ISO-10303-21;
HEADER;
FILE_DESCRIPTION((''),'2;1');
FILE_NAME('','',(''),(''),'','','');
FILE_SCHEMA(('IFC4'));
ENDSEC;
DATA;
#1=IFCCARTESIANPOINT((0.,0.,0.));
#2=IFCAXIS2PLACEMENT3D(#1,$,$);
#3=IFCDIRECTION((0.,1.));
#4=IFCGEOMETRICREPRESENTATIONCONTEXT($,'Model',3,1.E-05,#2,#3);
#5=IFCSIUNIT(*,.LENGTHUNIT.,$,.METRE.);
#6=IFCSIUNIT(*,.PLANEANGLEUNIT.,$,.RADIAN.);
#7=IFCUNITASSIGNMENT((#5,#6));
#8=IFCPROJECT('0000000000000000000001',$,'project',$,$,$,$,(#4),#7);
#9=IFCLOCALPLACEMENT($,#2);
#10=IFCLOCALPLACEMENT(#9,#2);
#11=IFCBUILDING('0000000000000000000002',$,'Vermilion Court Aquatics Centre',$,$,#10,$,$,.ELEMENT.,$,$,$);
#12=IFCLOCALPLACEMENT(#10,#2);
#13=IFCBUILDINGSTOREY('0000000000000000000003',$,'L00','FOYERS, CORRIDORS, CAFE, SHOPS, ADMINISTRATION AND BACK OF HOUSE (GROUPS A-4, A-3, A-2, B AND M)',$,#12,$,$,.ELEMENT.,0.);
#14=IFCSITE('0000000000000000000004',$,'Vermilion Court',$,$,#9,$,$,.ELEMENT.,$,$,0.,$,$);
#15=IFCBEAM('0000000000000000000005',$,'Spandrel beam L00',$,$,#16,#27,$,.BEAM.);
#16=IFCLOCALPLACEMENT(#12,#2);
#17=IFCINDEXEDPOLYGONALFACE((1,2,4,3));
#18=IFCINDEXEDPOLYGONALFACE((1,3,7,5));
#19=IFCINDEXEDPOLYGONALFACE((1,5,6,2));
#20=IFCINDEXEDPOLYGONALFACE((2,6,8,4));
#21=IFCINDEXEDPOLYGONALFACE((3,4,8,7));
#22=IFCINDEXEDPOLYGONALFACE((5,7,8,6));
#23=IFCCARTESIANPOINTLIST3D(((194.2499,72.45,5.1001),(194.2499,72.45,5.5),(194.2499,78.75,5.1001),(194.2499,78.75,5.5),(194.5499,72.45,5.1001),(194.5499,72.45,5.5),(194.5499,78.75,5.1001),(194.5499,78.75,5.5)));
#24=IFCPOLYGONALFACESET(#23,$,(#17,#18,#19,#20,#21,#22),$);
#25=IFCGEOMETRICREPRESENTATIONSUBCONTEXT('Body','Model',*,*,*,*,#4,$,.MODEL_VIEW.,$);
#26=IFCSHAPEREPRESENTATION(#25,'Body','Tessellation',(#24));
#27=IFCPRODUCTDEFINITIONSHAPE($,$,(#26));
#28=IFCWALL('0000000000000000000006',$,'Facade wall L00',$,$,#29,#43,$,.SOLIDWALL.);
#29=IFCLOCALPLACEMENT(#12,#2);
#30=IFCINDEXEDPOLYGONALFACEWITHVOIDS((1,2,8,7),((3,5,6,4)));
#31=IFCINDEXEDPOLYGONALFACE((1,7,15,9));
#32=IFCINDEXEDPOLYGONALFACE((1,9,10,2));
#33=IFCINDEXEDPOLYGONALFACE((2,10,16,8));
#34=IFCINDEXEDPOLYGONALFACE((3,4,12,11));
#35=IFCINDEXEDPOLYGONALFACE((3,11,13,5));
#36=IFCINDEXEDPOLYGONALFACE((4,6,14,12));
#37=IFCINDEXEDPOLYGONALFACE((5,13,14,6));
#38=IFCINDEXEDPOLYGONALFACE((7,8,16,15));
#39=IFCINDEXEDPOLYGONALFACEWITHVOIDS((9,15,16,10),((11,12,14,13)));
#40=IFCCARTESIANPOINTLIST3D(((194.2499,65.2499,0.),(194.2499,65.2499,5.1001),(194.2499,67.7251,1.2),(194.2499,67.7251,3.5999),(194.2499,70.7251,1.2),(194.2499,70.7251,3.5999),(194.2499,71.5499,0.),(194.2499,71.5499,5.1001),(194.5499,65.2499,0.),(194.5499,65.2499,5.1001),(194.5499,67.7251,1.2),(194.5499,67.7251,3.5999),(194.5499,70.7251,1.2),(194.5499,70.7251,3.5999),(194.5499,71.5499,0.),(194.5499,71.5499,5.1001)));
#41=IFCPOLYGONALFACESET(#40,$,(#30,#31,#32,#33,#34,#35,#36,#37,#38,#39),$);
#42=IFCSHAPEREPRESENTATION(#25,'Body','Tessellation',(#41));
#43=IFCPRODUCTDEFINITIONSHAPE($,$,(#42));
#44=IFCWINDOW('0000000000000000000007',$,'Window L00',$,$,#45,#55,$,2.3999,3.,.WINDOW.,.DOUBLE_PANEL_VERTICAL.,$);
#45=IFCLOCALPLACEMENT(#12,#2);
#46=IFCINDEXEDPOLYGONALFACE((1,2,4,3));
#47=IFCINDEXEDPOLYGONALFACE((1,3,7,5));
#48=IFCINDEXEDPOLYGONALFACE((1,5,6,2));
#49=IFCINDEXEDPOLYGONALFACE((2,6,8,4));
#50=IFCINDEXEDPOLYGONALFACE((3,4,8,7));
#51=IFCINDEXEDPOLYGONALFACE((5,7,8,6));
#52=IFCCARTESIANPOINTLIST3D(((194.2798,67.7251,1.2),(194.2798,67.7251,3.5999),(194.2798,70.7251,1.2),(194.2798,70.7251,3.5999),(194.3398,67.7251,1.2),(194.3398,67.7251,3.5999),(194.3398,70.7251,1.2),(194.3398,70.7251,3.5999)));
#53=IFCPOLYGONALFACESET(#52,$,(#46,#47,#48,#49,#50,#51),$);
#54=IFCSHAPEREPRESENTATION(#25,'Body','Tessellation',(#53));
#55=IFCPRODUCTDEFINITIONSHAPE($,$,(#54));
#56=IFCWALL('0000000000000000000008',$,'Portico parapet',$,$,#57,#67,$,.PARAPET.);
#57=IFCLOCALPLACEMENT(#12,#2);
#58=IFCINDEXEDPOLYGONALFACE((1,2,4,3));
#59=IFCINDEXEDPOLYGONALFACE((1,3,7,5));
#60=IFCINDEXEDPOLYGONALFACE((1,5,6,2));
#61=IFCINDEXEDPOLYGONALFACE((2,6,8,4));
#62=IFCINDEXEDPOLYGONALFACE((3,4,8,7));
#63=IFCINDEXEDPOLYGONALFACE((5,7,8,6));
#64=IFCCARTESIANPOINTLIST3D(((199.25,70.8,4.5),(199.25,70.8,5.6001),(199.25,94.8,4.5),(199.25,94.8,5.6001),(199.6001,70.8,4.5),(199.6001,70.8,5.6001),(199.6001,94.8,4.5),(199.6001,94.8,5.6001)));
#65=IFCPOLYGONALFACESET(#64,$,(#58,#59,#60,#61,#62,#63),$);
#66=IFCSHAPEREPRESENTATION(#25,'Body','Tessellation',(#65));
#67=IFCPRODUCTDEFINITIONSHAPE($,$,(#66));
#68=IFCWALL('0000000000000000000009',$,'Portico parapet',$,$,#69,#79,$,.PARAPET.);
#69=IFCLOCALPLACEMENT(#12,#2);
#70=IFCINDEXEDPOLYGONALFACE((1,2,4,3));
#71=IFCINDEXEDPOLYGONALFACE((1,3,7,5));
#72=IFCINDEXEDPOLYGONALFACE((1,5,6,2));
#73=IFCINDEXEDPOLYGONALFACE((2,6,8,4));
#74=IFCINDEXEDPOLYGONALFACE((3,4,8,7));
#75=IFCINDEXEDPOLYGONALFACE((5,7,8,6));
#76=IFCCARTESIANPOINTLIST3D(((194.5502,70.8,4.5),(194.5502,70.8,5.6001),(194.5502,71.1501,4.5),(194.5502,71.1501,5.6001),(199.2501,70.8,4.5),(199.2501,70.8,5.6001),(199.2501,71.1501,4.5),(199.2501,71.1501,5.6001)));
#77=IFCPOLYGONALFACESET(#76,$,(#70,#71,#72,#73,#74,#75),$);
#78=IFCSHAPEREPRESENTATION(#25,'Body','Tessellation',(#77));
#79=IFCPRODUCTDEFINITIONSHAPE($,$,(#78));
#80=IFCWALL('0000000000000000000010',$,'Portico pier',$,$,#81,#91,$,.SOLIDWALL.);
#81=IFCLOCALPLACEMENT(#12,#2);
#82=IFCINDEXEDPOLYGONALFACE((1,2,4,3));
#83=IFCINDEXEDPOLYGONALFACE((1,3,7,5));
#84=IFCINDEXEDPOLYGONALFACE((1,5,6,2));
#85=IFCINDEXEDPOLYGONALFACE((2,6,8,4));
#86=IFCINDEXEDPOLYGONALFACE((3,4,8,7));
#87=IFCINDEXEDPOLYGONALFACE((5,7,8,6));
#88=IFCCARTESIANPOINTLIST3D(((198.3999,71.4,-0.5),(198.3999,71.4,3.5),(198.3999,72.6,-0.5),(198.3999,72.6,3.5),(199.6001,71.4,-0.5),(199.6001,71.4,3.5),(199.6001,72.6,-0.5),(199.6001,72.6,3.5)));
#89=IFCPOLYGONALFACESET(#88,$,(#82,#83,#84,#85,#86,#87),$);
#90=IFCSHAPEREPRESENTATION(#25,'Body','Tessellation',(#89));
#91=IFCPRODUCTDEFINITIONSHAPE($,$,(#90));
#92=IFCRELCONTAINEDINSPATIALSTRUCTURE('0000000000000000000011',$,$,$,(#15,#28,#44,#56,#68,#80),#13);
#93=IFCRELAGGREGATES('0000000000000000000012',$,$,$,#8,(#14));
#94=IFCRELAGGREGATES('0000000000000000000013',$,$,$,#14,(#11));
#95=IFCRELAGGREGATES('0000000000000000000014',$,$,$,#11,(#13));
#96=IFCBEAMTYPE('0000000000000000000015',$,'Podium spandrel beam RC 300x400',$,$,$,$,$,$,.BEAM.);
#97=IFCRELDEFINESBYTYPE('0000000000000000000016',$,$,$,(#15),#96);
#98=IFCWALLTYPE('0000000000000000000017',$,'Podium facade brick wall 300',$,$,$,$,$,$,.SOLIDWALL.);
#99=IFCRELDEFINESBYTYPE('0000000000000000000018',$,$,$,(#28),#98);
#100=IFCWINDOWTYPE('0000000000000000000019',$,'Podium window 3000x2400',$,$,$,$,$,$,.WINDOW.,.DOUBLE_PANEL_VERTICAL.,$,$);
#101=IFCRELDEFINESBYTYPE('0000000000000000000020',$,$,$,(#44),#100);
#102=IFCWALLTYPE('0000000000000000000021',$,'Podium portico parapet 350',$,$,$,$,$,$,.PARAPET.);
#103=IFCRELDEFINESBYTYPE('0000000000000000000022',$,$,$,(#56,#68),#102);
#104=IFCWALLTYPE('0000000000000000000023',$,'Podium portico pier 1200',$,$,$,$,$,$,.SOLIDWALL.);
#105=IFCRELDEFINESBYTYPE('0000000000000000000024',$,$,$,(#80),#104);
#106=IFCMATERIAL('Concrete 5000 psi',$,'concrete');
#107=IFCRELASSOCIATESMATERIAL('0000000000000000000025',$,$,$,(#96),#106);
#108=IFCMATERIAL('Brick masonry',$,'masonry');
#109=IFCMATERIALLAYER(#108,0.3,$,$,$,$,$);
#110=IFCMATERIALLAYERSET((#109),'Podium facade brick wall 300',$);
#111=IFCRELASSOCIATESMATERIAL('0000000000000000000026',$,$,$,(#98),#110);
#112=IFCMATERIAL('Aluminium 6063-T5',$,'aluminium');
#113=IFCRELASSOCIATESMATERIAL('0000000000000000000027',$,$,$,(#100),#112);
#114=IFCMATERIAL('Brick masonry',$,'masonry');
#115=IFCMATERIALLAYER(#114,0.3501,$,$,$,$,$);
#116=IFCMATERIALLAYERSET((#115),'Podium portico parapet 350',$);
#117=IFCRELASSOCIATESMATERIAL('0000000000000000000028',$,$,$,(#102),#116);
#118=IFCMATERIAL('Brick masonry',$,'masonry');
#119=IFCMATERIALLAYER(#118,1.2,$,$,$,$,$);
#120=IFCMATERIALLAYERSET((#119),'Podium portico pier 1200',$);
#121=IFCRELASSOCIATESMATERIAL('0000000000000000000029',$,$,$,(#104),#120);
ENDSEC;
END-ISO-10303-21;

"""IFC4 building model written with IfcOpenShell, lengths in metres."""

from ifc_helpers import new_model, si_unit, direction, frame, frame_2d, origin, origin_2d, place, context, subcontext, project, spatial, rectangle, extrude, material, layer, layer_set, material_profile, profile_set, type_object, element, fill, save


model = new_model("IFC4")

# Units and contexts
model_context = context("Model", 3, precision=1e-05, world=origin(), true_north=direction((0.0, 1.0)))
body_context = subcontext(model_context, "Body", "Model", "MODEL_VIEW")
ifc_project = project(units=[si_unit("LENGTHUNIT", "METRE"), si_unit("PLANEANGLEUNIT", "RADIAN")], contexts=[model_context])

# Site, building, storey
site_placement = place(None, origin())
site = spatial("IfcSite", under=ifc_project, at=site_placement, Name="Vermilion Court", CompositionType="ELEMENT", RefElevation=0.0)
building_placement = place(site_placement, origin())
building = spatial("IfcBuilding", under=site, at=building_placement, Name="Vermilion Court Aquatics Centre", CompositionType="ELEMENT")
storey_placement = place(building_placement, origin())
storey = spatial("IfcBuildingStorey", under=building, at=storey_placement, Name="L00", Description="FOYERS, CORRIDORS, CAFE, SHOPS, ADMINISTRATION AND BACK OF HOUSE (GROUPS A-4, A-3, A-2, B AND M)", CompositionType="ELEMENT", Elevation=0.0)

# Beam
ifc_material_1 = material(Name="Concrete 5000 psi", Category="concrete")
ifc_material_profile_1 = material_profile(ifc_material_1, rectangle(XDim=0.3, YDim=0.3999, at=origin_2d()), Name="RC 300x400")
ifc_profile_set_1 = profile_set([ifc_material_profile_1], Name="Concrete 5000 psi")
beam_type_1 = type_object("IfcBeamType", Name="Podium spandrel beam RC 300x400", PredefinedType="BEAM", material=ifc_profile_set_1)
for number, where, z_axis, x_axis, name in (
    (1, (194.3999, 72.45, 5.3), (0.0, 1.0, 0.0), (-1.0, 0.0, 0.0), "Spandrel beam L00"),
):
    element("IfcBeam", number, at=place(storey_placement, frame(where, z_axis=z_axis, x_axis=x_axis)), inside=storey, type_object=beam_type_1, Name=name, PredefinedType="BEAM", context=body_context, shape_type="SweptSolid", body=[
        extrude(rectangle(XDim=0.3, YDim=0.3999, at=origin_2d()), origin(), (0.0, 0.0, 1.0), 6.3),
    ])

# Wall, opening, window
ifc_material_2 = material(Name="Brick masonry", Category="masonry")
ifc_layer_1 = layer(ifc_material_2, 0.3)
ifc_layer_set_1 = layer_set([ifc_layer_1], Name="Podium facade brick wall 300")
wall_type_1 = type_object("IfcWallType", Name="Podium facade brick wall 300", PredefinedType="SOLIDWALL", material=ifc_layer_set_1)
wall_1_placement = place(storey_placement, frame((194.3999, 65.25, 0.0), z_axis=(0.0, 0.0, 1.0), x_axis=(0.0, 1.0, 0.0)))
wall_1 = element("IfcWall", 2, at=wall_1_placement, inside=storey, type_object=wall_type_1, Name="Facade wall L00", PredefinedType="SOLIDWALL", context=body_context, shape_type="SweptSolid", body=[
    extrude(rectangle(XDim=6.3, YDim=0.3, at=frame_2d((3.1499, 0.0))), origin(), (0.0, 0.0, 1.0), 5.1001),
])
opening_1_placement = place(wall_1_placement, frame((2.4751, 0.0, 1.2)))
opening_1 = element("IfcOpeningElement", 3, at=opening_1_placement, cuts=wall_1, PredefinedType="OPENING", context=body_context, shape_type="SweptSolid", body=[
    extrude(rectangle(XDim=3.0, YDim=2.3999, at=frame_2d((1.5, 1.2))), frame((0.0, 0.1599, 0.0), z_axis=(0.0, -1.0, 0.0), x_axis=(1.0, 0.0, 0.0)), (0.0, 0.0, 1.0), 0.3201),
])
ifc_material_3 = material(Name="Aluminium 6063-T5", Category="aluminium")
window_type = type_object("IfcWindowType", Name="Podium window 3000x2400", PartitioningType="DOUBLE_PANEL_VERTICAL", PredefinedType="WINDOW", material=ifc_material_3)
window_placement = place(opening_1_placement, origin())
window = element("IfcWindow", 4, at=window_placement, inside=storey, type_object=window_type, Name="Window L00", OverallHeight=2.3999, OverallWidth=3.0, PartitioningType="DOUBLE_PANEL_VERTICAL", PredefinedType="WINDOW", context=body_context, shape_type="SweptSolid", body=[
    extrude(rectangle(XDim=3.0, YDim=2.3999, at=frame_2d((1.5, 1.2))), frame((0.0, 0.1201, 0.0), z_axis=(0.0, -1.0, 0.0), x_axis=(1.0, 0.0, 0.0)), (0.0, 0.0, 1.0), 0.0601),
])
fill(opening_1, window)

# Walls
ifc_material_4 = material(Name="Brick masonry", Category="masonry")
ifc_layer_2 = layer(ifc_material_4, 0.3501)
ifc_layer_set_2 = layer_set([ifc_layer_2], Name="Podium portico parapet 350")
wall_type_2 = type_object("IfcWallType", Name="Podium portico parapet 350", PredefinedType="PARAPET", material=ifc_layer_set_2)
wall_2_placement = place(storey_placement, frame((199.425, 70.8, 4.5), z_axis=(0.0, 0.0, 1.0), x_axis=(0.0, 1.0, 0.0)))
element("IfcWall", 5, at=wall_2_placement, inside=storey, type_object=wall_type_2, Name="Portico parapet", PredefinedType="PARAPET", context=body_context, shape_type="SweptSolid", body=[
    extrude(rectangle(XDim=24.0, YDim=0.3501, at=frame_2d((12.0, 0.0))), origin(), (0.0, 0.0, 1.0), 1.1001),
])
wall_3_placement = place(storey_placement, frame((194.55, 70.9751, 4.5), z_axis=(0.0, 0.0, 1.0), x_axis=(1.0, 0.0, 0.0)))
element("IfcWall", 6, at=wall_3_placement, inside=storey, type_object=wall_type_2, Name="Portico parapet", PredefinedType="PARAPET", context=body_context, shape_type="SweptSolid", body=[
    extrude(rectangle(XDim=4.7, YDim=0.3501, at=frame_2d((2.3501, 0.0))), origin(), (0.0, 0.0, 1.0), 1.1001),
])
ifc_material_5 = material(Name="Brick masonry", Category="masonry")
ifc_layer_3 = layer(ifc_material_5, 1.2)
ifc_layer_set_3 = layer_set([ifc_layer_3], Name="Podium portico pier 1200")
wall_type_3 = type_object("IfcWallType", Name="Podium portico pier 1200", PredefinedType="SOLIDWALL", material=ifc_layer_set_3)
wall_4_placement = place(storey_placement, frame((198.3999, 72.0, -0.5), z_axis=(0.0, 0.0, 1.0), x_axis=(1.0, 0.0, 0.0)))
element("IfcWall", 7, at=wall_4_placement, inside=storey, type_object=wall_type_3, Name="Portico pier", PredefinedType="SOLIDWALL", context=body_context, shape_type="SweptSolid", body=[
    extrude(rectangle(XDim=1.2002, YDim=1.2, at=frame_2d((0.6001, 0.0))), origin(), (0.0, 0.0, 1.0), 4.0),
])

save(model, "model.ifc")
